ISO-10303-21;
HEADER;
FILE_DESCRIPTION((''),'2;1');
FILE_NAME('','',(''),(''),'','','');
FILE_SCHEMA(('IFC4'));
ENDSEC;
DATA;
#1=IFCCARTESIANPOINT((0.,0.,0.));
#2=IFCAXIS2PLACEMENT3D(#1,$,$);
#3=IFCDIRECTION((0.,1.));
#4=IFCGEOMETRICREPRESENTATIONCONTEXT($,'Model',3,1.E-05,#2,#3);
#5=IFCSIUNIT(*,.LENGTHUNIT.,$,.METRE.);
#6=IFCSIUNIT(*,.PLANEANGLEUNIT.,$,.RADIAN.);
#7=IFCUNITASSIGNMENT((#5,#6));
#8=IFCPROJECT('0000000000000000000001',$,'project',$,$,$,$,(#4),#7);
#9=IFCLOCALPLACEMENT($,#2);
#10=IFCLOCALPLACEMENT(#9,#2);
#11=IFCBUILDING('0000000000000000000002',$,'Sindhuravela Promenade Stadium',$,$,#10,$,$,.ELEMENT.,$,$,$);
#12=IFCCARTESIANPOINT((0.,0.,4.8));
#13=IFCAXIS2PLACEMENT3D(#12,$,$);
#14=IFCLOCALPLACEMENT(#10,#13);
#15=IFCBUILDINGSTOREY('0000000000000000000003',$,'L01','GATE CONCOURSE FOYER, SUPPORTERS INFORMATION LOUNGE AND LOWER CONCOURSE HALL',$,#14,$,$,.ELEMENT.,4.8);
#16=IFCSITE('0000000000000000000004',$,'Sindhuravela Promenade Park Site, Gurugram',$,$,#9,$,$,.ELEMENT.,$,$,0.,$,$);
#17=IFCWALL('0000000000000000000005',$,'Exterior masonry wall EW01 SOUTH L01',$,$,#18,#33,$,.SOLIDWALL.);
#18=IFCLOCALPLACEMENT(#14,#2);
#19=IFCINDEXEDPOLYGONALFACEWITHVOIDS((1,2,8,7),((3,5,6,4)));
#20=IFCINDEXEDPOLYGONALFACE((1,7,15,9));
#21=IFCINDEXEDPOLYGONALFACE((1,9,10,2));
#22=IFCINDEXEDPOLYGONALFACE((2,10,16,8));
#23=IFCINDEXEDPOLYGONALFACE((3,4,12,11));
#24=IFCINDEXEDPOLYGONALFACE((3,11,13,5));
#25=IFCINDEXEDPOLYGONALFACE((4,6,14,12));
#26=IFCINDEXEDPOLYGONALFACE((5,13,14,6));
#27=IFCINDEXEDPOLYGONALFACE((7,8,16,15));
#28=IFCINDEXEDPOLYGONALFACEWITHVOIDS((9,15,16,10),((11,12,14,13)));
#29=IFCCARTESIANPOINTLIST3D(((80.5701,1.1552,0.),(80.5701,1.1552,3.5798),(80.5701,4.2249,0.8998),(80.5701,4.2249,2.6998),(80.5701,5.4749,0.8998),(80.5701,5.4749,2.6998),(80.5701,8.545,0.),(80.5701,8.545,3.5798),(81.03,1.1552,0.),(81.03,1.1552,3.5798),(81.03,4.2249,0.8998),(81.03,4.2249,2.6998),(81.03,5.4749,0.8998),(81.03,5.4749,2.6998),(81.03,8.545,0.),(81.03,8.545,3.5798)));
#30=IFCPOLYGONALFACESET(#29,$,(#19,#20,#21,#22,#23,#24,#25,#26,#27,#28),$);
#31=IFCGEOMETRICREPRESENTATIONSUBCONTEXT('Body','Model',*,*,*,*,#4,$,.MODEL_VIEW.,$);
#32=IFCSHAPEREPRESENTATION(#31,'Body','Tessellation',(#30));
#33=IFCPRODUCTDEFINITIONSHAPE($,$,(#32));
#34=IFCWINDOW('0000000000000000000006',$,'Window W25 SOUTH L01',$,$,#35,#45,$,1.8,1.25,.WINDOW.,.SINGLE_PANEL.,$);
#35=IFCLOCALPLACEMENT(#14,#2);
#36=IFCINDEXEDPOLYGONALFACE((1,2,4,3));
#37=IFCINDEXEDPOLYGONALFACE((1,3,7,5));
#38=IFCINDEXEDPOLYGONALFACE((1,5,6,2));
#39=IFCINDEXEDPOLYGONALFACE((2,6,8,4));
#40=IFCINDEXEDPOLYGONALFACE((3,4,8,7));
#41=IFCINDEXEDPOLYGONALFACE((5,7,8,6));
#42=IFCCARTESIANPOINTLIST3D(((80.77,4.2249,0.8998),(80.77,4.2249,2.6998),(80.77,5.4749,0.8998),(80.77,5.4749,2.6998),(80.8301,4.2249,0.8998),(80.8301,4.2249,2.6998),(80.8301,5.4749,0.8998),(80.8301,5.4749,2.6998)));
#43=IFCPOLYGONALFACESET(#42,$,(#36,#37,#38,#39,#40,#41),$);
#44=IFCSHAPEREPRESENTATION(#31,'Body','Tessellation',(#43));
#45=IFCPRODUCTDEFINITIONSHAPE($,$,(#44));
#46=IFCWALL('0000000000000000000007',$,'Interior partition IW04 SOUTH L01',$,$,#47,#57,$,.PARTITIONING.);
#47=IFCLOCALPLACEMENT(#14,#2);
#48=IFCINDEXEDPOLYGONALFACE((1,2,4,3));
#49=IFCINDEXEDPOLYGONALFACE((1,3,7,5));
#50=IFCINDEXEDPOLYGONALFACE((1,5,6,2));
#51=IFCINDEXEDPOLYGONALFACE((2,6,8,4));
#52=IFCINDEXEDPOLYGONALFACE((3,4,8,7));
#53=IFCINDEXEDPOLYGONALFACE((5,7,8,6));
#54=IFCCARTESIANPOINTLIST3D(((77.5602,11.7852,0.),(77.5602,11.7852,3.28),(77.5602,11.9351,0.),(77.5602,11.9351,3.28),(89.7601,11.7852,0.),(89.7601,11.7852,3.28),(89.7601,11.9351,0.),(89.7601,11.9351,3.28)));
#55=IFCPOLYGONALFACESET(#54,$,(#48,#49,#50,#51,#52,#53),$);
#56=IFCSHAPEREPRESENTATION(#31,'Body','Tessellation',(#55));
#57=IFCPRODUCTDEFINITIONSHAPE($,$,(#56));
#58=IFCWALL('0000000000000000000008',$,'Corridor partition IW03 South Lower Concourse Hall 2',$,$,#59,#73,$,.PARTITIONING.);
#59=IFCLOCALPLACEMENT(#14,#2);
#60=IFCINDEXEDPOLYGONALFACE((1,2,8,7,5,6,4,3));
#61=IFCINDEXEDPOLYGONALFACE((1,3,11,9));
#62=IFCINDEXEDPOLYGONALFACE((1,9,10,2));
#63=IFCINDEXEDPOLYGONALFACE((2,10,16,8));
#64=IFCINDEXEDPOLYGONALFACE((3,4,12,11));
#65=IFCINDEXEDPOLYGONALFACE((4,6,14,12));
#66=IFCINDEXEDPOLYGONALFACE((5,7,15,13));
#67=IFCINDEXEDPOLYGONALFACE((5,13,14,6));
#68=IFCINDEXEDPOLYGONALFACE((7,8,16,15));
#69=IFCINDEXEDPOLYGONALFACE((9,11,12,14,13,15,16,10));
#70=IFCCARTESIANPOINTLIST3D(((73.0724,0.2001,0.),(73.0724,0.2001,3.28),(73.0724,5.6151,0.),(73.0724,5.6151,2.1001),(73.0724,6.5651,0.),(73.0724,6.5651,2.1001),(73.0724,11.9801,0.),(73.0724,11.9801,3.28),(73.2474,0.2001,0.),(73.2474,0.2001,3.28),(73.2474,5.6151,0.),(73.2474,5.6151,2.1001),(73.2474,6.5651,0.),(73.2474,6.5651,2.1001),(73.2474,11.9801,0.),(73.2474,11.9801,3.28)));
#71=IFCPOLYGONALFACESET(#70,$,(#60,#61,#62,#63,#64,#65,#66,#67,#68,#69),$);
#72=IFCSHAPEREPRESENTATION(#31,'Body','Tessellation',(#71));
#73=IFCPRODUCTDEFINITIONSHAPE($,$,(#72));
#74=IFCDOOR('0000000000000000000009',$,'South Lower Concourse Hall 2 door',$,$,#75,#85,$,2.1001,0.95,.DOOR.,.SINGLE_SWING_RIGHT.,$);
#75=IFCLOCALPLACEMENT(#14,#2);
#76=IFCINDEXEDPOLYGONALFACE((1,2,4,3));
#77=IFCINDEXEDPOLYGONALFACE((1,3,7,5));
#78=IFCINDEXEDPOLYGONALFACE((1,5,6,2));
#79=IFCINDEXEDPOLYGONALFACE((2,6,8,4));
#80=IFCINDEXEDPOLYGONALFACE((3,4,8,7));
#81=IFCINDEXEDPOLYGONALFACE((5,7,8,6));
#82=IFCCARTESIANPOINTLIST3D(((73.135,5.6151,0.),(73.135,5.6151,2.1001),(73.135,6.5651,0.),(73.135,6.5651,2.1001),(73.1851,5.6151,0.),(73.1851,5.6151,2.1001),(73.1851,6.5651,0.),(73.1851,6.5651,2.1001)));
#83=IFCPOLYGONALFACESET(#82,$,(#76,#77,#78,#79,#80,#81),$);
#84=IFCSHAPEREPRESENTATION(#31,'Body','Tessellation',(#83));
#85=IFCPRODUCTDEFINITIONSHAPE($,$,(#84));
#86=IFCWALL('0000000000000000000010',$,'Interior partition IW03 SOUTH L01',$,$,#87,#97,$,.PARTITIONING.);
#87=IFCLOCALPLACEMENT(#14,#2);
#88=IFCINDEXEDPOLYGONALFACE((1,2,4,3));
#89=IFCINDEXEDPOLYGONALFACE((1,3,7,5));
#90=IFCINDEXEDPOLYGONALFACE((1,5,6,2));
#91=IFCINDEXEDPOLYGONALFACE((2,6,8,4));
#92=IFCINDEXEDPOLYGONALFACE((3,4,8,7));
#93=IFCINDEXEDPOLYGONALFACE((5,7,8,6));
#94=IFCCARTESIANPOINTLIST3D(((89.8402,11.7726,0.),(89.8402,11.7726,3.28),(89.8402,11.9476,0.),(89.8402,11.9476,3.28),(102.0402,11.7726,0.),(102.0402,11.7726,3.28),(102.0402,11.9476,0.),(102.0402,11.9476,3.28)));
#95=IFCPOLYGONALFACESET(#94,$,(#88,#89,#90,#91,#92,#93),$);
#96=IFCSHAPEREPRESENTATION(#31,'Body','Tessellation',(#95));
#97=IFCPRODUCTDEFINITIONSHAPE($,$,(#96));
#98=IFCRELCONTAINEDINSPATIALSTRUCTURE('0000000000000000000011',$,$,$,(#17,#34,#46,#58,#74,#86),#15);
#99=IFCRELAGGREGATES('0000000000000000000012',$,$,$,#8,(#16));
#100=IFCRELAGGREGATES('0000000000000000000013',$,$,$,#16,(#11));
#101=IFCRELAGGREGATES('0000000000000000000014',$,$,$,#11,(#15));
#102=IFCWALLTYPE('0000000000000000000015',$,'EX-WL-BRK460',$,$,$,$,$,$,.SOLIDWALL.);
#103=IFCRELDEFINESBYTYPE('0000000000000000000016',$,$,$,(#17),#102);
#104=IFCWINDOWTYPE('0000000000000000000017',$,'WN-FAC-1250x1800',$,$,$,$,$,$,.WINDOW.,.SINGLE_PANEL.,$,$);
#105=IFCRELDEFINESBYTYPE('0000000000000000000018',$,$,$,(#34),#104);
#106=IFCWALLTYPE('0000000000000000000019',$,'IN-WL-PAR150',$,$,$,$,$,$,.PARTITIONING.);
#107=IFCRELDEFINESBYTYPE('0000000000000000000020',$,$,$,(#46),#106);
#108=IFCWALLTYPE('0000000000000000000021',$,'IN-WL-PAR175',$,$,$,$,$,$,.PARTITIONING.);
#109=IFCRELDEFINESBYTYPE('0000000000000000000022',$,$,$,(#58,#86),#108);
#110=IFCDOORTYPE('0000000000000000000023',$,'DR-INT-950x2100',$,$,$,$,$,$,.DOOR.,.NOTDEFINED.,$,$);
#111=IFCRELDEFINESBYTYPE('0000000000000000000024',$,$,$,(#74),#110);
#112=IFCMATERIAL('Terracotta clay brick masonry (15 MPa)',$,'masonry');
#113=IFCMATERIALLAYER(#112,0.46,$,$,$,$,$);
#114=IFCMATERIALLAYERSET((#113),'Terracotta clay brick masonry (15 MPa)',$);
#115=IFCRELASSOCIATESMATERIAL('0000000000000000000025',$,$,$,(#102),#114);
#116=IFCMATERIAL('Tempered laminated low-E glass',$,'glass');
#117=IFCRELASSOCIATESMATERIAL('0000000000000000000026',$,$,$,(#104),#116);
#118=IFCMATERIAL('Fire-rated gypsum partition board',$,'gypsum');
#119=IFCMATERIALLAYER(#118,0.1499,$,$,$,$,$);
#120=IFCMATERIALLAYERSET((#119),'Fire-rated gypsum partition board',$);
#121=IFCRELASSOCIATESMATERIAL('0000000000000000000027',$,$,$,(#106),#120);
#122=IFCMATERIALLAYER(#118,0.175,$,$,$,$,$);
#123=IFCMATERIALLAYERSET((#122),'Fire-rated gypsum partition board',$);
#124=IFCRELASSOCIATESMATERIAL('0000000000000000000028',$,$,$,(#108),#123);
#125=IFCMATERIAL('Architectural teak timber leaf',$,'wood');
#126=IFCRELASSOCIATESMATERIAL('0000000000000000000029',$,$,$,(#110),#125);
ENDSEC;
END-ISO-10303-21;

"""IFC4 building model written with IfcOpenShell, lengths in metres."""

from ifc_helpers import new_model, si_unit, direction, frame, frame_2d, origin, place, context, subcontext, project, spatial, rectangle, extrude, material, layer, layer_set, type_object, element, fill, save


model = new_model("IFC4")

# Units and contexts
model_context = context("Model", 3, precision=1e-05, world=origin(), true_north=direction((0.0, 1.0)))
body_context = subcontext(model_context, "Body", "Model", "MODEL_VIEW")
ifc_project = project(units=[si_unit("LENGTHUNIT", "METRE"), si_unit("PLANEANGLEUNIT", "RADIAN")], contexts=[model_context])

# Site, building, storey
site_placement = place(None, origin())
site = spatial("IfcSite", under=ifc_project, at=site_placement, Name="Sindhuravela Promenade Park Site, Gurugram", CompositionType="ELEMENT", RefElevation=0.0)
building_placement = place(site_placement, origin())
building = spatial("IfcBuilding", under=site, at=building_placement, Name="Sindhuravela Promenade Stadium", CompositionType="ELEMENT")
storey_placement = place(building_placement, frame((0.0, 0.0, 4.8)))
storey = spatial("IfcBuildingStorey", under=building, at=storey_placement, Name="L01", Description="GATE CONCOURSE FOYER, SUPPORTERS INFORMATION LOUNGE AND LOWER CONCOURSE HALL", CompositionType="ELEMENT", Elevation=4.8)

# Wall, opening, window
ifc_material_1 = material(Name="Terracotta clay brick masonry (15 MPa)", Category="masonry")
ifc_material_2 = material(Name="Tempered laminated low-E glass", Category="glass")
ifc_layer_1 = layer(ifc_material_1, 0.46)
ifc_layer_set_1 = layer_set([ifc_layer_1], Name="Terracotta clay brick masonry (15 MPa)")
wall_type_1 = type_object("IfcWallType", Name="EX-WL-BRK460", PredefinedType="SOLIDWALL", material=ifc_layer_set_1)
wall_1_placement = place(storey_placement, frame((80.8, 8.5449, 0.0), z_axis=(0.0, 0.0, 1.0), x_axis=(0.0, -1.0, 0.0)))
wall_1 = element("IfcWall", 1, at=wall_1_placement, inside=storey, type_object=wall_type_1, Name="Exterior masonry wall EW01 SOUTH L01", PredefinedType="SOLIDWALL", context=body_context, shape_type="SweptSolid", body=[
    extrude(rectangle(XDim=7.3899, YDim=0.46, at=frame_2d((3.6948, 0.0))), origin(), (0.0, 0.0, 1.0), 3.5798),
])
opening_1_placement = place(wall_1_placement, frame((3.0701, 0.0, 0.8999)))
opening_1 = element("IfcOpeningElement", 2, at=opening_1_placement, cuts=wall_1, PredefinedType="OPENING", context=body_context, shape_type="SweptSolid", body=[
    extrude(rectangle(XDim=1.25, YDim=1.8, at=frame_2d((0.625, 0.8999))), frame((0.0, 0.24, 0.0), z_axis=(0.0, -1.0, 0.0), x_axis=(1.0, 0.0, 0.0)), (0.0, 0.0, 1.0), 0.48),
])
window_type_1 = type_object("IfcWindowType", Name="WN-FAC-1250x1800", PartitioningType="SINGLE_PANEL", PredefinedType="WINDOW", material=ifc_material_2)
window_1_placement = place(opening_1_placement, origin())
window_1 = element("IfcWindow", 3, at=window_1_placement, inside=storey, type_object=window_type_1, Name="Window W25 SOUTH L01", OverallHeight=1.8, OverallWidth=1.25, PartitioningType="SINGLE_PANEL", PredefinedType="WINDOW", context=body_context, shape_type="SweptSolid", body=[
    extrude(rectangle(XDim=1.25, YDim=1.8, at=frame_2d((0.625, 0.8999))), frame((0.0, 0.03, 0.0), z_axis=(0.0, -1.0, 0.0), x_axis=(1.0, 0.0, 0.0)), (0.0, 0.0, 1.0), 0.0601),
])
fill(opening_1, window_1)

# Wall
ifc_material_3 = material(Name="Fire-rated gypsum partition board", Category="gypsum")
ifc_layer_2 = layer(ifc_material_3, 0.1499)
ifc_layer_set_2 = layer_set([ifc_layer_2], Name="Fire-rated gypsum partition board")
wall_type_2 = type_object("IfcWallType", Name="IN-WL-PAR150", PredefinedType="PARTITIONING", material=ifc_layer_set_2)
wall_2_placement = place(storey_placement, frame((77.5601, 11.8601, 0.0), z_axis=(0.0, 0.0, 1.0), x_axis=(1.0, 0.0, 0.0)))
element("IfcWall", 4, at=wall_2_placement, inside=storey, type_object=wall_type_2, Name="Interior partition IW04 SOUTH L01", PredefinedType="PARTITIONING", context=body_context, shape_type="SweptSolid", body=[
    extrude(rectangle(XDim=12.2, YDim=0.1499, at=frame_2d((6.1001, 0.0))), origin(), (0.0, 0.0, 1.0), 3.28),
])

# Wall, opening, door
ifc_layer_3 = layer(ifc_material_3, 0.175)
ifc_layer_set_3 = layer_set([ifc_layer_3], Name="Fire-rated gypsum partition board")
wall_type_3 = type_object("IfcWallType", Name="IN-WL-PAR175", PredefinedType="PARTITIONING", material=ifc_layer_set_3)
wall_3_placement = place(storey_placement, frame((73.1599, 0.2, 0.0), z_axis=(0.0, 0.0, 1.0), x_axis=(0.0, 1.0, 0.0)))
wall_3 = element("IfcWall", 5, at=wall_3_placement, inside=storey, type_object=wall_type_3, Name="Corridor partition IW03 South Lower Concourse Hall 2", PredefinedType="PARTITIONING", context=body_context, shape_type="SweptSolid", body=[
    extrude(rectangle(XDim=11.78, YDim=0.175, at=frame_2d((5.8901, 0.0))), origin(), (0.0, 0.0, 1.0), 3.28),
])
opening_2_placement = place(wall_3_placement, frame((5.415, 0.0, 0.0)))
opening_2 = element("IfcOpeningElement", 6, at=opening_2_placement, cuts=wall_3, PredefinedType="OPENING", context=body_context, shape_type="SweptSolid", body=[
    extrude(rectangle(XDim=0.95, YDim=2.1001, at=frame_2d((0.4751, 1.05))), frame((0.0, 0.0974, 0.0), z_axis=(0.0, -1.0, 0.0), x_axis=(1.0, 0.0, 0.0)), (0.0, 0.0, 1.0), 0.1951),
])
ifc_material_4 = material(Name="Architectural teak timber leaf", Category="wood")
door_type = type_object("IfcDoorType", Name="DR-INT-950x2100", OperationType="NOTDEFINED", PredefinedType="DOOR", material=ifc_material_4)
door_placement = place(opening_2_placement, origin())
door = element("IfcDoor", 7, at=door_placement, inside=storey, type_object=door_type, Name="South Lower Concourse Hall 2 door", OperationType="SINGLE_SWING_RIGHT", OverallHeight=2.1001, OverallWidth=0.95, PredefinedType="DOOR", context=body_context, shape_type="SweptSolid", body=[
    extrude(rectangle(XDim=0.95, YDim=2.1001, at=frame_2d((0.4751, 1.05))), frame((0.0, 0.0249, 0.0), z_axis=(0.0, -1.0, 0.0), x_axis=(1.0, 0.0, 0.0)), (0.0, 0.0, 1.0), 0.05),
])
fill(opening_2, door)

# Wall
wall_4_placement = place(storey_placement, frame((89.8401, 11.8601, 0.0), z_axis=(0.0, 0.0, 1.0), x_axis=(1.0, 0.0, 0.0)))
element("IfcWall", 8, at=wall_4_placement, inside=storey, type_object=wall_type_3, Name="Interior partition IW03 SOUTH L01", PredefinedType="PARTITIONING", context=body_context, shape_type="SweptSolid", body=[
    extrude(rectangle(XDim=12.2, YDim=0.175, at=frame_2d((6.1001, 0.0))), origin(), (0.0, 0.0, 1.0), 3.28),
])

save(model, "model.ifc")
